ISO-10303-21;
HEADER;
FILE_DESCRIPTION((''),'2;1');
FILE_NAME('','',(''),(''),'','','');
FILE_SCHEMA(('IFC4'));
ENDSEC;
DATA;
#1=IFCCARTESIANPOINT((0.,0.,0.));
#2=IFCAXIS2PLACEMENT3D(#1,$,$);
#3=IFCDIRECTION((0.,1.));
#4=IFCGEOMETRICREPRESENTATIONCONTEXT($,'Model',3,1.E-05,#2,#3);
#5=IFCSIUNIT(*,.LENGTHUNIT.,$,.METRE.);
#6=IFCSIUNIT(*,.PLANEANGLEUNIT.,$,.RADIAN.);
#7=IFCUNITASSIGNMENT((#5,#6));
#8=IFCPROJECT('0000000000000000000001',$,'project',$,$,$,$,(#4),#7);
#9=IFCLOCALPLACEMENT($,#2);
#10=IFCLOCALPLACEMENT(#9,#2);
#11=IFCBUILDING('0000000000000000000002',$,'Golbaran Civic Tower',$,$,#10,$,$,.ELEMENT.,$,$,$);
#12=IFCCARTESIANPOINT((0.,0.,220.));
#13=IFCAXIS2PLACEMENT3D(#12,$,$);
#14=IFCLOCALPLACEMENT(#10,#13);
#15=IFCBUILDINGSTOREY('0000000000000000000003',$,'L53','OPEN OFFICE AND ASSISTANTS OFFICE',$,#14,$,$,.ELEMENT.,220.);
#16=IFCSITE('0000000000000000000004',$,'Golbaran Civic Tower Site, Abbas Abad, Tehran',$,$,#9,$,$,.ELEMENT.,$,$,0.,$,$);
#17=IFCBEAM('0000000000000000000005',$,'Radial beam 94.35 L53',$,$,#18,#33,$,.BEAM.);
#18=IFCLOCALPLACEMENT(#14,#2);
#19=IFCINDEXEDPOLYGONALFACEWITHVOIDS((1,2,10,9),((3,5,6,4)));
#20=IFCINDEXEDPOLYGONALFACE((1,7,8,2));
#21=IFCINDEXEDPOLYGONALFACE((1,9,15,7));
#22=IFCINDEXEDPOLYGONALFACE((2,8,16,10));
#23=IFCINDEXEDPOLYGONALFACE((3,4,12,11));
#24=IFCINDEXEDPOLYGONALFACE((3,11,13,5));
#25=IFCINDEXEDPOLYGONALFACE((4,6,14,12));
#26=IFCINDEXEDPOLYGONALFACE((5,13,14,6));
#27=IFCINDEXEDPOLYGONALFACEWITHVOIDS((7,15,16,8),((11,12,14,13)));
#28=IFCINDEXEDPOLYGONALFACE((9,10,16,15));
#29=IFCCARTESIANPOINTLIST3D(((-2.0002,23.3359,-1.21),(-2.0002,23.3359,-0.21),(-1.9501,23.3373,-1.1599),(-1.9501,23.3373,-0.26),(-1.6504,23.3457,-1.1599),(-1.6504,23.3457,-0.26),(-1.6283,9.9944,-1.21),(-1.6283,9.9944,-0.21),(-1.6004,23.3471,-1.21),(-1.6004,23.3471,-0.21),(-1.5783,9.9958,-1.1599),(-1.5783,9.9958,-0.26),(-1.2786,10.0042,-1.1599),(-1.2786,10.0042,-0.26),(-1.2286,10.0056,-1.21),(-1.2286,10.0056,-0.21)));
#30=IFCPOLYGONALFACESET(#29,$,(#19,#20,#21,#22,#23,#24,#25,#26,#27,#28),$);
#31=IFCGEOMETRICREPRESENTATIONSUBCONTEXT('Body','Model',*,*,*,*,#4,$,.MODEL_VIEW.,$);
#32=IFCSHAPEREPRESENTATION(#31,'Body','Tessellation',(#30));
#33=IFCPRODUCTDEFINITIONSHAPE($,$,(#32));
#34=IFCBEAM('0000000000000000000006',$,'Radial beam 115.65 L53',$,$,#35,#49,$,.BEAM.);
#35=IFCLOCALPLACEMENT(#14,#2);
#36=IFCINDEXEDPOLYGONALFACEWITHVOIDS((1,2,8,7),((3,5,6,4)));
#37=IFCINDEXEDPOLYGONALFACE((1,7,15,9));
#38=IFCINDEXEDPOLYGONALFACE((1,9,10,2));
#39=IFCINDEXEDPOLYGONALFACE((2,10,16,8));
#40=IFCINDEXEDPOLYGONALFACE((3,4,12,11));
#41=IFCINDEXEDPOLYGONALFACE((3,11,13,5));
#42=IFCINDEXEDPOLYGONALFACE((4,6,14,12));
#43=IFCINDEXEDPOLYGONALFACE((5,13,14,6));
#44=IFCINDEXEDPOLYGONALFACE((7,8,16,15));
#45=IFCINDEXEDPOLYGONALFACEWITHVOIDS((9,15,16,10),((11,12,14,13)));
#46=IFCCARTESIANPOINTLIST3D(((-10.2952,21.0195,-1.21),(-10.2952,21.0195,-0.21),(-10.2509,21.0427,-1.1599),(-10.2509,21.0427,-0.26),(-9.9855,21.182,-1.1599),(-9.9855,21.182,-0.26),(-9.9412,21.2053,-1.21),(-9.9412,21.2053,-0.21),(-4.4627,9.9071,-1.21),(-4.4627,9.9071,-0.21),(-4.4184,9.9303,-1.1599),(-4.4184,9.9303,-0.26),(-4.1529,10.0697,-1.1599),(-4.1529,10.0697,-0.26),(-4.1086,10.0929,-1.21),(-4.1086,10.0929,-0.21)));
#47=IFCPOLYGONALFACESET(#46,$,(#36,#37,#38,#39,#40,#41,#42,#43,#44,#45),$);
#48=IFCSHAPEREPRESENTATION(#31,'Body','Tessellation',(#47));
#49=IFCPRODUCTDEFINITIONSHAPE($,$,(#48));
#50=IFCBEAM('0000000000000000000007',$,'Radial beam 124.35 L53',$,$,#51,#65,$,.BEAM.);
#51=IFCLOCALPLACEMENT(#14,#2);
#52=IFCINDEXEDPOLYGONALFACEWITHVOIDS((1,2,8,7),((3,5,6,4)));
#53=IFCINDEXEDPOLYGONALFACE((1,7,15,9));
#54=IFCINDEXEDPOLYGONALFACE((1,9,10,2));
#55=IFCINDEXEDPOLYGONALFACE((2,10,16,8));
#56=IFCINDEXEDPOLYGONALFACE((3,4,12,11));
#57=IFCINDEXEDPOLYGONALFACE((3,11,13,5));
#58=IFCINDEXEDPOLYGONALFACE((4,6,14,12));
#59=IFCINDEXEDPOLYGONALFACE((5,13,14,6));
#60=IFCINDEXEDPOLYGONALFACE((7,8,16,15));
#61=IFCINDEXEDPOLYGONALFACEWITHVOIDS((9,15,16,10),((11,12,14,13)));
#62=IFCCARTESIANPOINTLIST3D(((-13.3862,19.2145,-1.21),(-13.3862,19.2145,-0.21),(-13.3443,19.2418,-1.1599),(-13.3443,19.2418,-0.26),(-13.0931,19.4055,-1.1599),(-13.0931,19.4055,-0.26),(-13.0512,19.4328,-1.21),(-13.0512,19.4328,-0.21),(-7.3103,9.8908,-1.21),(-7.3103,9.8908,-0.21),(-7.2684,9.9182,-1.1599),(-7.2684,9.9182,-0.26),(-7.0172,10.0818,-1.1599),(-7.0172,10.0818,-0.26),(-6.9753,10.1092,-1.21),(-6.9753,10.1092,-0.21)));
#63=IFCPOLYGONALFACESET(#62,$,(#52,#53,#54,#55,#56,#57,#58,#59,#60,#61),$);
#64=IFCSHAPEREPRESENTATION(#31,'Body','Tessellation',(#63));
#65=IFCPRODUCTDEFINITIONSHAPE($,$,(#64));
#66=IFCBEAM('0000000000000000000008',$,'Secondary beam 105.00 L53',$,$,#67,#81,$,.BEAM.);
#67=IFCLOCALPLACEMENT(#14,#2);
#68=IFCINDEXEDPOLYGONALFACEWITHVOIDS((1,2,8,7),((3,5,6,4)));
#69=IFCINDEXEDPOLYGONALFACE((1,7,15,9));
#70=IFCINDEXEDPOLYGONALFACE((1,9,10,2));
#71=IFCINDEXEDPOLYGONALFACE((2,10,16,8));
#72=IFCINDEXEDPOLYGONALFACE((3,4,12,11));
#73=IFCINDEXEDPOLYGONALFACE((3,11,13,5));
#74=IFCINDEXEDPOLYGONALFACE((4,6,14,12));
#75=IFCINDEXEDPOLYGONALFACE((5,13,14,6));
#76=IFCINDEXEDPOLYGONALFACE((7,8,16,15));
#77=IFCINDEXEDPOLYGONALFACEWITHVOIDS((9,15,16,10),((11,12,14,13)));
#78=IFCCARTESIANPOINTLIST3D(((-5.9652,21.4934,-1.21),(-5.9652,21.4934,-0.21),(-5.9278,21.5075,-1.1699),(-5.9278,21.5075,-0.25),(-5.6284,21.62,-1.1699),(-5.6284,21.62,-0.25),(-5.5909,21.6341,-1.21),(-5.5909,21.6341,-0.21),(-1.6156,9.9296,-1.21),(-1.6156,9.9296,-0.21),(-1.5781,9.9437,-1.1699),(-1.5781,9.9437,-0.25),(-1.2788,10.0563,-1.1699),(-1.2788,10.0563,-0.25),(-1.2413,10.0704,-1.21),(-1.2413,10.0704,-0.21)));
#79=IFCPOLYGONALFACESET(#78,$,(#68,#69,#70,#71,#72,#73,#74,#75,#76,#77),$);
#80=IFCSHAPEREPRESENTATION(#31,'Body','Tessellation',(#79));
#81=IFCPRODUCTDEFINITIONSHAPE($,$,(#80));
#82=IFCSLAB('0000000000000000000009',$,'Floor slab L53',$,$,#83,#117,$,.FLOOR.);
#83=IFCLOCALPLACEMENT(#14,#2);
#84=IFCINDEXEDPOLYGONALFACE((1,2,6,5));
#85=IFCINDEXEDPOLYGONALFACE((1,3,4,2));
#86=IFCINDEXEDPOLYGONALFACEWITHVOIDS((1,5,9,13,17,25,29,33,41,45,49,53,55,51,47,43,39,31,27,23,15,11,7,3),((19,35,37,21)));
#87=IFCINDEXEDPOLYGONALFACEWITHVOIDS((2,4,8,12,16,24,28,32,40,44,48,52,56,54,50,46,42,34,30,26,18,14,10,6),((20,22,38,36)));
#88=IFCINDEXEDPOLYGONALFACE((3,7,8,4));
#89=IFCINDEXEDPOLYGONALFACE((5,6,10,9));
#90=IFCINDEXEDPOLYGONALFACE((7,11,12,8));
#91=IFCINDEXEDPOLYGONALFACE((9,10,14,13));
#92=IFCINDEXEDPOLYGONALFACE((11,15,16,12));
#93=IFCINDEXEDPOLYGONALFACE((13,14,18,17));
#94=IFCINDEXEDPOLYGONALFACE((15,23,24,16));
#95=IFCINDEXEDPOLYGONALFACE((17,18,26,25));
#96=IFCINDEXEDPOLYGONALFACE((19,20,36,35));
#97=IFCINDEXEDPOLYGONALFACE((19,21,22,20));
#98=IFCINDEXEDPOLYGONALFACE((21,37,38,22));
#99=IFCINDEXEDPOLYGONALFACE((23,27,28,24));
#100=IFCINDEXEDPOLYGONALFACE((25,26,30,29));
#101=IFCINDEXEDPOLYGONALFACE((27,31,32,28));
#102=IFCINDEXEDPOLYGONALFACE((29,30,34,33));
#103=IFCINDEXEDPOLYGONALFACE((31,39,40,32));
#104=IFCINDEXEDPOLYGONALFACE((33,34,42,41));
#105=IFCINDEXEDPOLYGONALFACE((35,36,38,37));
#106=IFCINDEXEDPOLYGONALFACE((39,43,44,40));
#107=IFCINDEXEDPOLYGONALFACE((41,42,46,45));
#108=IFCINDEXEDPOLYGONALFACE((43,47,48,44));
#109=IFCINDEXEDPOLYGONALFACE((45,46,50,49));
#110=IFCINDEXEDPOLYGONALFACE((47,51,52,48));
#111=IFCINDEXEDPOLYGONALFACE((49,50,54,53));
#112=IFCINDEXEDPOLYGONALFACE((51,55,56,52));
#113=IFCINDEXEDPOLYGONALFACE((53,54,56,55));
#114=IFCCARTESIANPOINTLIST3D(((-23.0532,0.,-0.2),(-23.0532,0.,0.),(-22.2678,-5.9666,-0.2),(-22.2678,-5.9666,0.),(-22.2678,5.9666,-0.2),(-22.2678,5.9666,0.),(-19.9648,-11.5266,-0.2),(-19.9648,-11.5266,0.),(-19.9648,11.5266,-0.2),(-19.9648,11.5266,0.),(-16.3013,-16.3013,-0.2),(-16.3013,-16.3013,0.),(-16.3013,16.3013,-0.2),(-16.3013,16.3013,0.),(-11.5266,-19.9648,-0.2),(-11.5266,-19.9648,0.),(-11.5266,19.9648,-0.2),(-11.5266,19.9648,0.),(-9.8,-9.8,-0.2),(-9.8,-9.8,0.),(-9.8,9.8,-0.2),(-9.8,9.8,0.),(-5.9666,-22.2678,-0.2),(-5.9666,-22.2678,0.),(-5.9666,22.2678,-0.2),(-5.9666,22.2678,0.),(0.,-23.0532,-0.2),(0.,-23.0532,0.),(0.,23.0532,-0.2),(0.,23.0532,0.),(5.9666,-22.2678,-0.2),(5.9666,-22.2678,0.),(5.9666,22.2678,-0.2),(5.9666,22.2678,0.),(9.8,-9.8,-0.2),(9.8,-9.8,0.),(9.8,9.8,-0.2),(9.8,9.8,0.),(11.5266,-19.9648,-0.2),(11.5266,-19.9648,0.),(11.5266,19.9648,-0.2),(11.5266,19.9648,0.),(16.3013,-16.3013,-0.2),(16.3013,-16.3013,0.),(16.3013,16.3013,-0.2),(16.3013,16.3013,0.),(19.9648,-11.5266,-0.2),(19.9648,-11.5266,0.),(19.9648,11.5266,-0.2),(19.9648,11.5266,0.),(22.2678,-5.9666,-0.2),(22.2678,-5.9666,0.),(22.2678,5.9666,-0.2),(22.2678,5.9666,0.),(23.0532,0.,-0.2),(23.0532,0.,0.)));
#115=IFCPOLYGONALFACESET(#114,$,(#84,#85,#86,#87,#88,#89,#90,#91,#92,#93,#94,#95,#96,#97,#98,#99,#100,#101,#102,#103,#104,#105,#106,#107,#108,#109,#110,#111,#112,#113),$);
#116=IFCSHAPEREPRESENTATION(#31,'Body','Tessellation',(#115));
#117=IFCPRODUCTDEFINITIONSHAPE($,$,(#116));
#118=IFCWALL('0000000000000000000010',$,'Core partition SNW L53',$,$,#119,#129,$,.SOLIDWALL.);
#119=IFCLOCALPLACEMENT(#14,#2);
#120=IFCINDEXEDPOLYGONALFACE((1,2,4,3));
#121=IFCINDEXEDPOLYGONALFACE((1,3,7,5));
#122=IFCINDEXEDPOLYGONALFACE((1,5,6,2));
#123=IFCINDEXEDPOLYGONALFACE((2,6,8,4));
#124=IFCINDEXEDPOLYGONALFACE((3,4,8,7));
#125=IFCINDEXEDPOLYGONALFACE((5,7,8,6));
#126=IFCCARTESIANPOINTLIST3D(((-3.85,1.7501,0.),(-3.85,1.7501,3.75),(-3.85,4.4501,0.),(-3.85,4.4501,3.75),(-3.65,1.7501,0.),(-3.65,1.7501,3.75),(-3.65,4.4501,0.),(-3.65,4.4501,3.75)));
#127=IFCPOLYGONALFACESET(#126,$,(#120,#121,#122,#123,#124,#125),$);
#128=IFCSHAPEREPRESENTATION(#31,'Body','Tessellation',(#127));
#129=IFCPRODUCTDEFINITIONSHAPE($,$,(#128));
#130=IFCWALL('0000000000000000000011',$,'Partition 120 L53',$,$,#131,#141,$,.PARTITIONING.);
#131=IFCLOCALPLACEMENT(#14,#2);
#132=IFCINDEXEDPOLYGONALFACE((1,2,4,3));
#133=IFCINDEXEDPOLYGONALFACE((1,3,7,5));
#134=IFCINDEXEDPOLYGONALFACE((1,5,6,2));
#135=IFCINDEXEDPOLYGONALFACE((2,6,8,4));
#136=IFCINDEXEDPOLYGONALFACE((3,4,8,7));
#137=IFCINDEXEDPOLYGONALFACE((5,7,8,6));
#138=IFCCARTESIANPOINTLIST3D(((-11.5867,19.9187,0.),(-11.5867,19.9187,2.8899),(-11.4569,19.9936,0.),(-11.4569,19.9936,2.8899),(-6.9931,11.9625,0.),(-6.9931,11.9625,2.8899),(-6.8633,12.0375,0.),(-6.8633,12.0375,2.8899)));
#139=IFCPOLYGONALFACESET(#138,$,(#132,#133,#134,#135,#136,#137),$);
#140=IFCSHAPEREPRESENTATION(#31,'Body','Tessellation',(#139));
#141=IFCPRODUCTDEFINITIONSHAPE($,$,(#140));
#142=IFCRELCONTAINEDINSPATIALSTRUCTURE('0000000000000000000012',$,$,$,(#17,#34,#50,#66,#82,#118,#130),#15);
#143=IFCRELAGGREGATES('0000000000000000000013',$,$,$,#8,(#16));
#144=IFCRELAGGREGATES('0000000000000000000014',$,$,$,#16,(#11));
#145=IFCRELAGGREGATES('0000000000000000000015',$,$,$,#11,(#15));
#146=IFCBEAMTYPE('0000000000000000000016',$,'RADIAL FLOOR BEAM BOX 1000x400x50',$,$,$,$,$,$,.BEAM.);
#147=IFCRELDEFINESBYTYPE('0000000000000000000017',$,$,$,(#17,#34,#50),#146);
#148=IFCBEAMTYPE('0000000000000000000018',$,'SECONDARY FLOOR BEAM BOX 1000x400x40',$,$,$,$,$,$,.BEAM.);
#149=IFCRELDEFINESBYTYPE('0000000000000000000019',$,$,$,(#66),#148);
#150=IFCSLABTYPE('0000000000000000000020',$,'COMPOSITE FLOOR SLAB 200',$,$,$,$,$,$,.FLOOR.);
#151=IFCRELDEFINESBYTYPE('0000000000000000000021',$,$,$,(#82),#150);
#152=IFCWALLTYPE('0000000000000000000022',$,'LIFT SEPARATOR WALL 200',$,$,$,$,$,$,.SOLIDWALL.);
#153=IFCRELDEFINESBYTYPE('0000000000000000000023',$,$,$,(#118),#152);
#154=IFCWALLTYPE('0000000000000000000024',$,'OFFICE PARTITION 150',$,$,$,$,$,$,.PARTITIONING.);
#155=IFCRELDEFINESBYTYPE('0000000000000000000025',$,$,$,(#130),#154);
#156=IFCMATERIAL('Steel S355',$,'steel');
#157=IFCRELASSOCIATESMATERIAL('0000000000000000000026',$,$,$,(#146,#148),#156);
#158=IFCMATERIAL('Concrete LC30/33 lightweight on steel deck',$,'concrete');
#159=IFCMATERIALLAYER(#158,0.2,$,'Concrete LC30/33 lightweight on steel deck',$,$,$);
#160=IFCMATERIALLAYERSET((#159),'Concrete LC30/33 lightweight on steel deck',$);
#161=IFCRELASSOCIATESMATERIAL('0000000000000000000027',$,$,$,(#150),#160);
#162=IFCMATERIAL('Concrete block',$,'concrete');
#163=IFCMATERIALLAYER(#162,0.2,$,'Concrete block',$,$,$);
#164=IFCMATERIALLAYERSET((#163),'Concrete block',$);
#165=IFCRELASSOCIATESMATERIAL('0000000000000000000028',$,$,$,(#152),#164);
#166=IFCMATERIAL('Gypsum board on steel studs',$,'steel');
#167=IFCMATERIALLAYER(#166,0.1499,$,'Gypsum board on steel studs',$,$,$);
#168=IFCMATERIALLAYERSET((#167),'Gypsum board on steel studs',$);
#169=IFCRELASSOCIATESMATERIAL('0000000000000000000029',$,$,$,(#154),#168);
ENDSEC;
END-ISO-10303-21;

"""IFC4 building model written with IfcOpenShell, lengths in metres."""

from ifc_helpers import new_model, si_unit, direction, frame, frame_2d, origin, origin_2d, place, context, subcontext, project, spatial, polyline, rectangle, hollow_rectangle, outline, extrude, material, layer, layer_set, material_profile, profile_set, type_object, element, save


model = new_model("IFC4")

# Units and contexts
model_context = context("Model", 3, precision=1e-05, world=origin(), true_north=direction((0.0, 1.0)))
body_context = subcontext(model_context, "Body", "Model", "MODEL_VIEW")
ifc_project = project(units=[si_unit("LENGTHUNIT", "METRE"), si_unit("PLANEANGLEUNIT", "RADIAN")], contexts=[model_context])

# Site, building, storey
site_placement = place(None, origin())
site = spatial("IfcSite", under=ifc_project, at=site_placement, Name="Golbaran Civic Tower Site, Abbas Abad, Tehran", CompositionType="ELEMENT", RefElevation=0.0)
building_placement = place(site_placement, origin())
building = spatial("IfcBuilding", under=site, at=building_placement, Name="Golbaran Civic Tower", CompositionType="ELEMENT")
storey_placement = place(building_placement, frame((0.0, 0.0, 220.0)))
storey = spatial("IfcBuildingStorey", under=building, at=storey_placement, Name="L53", Description="OPEN OFFICE AND ASSISTANTS OFFICE", CompositionType="ELEMENT", Elevation=220.0)

# Beams
ifc_material_1 = material(Name="Steel S355", Category="steel")
ifc_material_profile_1 = material_profile(ifc_material_1, hollow_rectangle(XDim=0.3999, YDim=1.0, WallThickness=0.05, at=origin_2d()), Name="BOX 1000x400x50")
ifc_profile_set_1 = profile_set([ifc_material_profile_1], Name="Steel S355")
beam_type_1 = type_object("IfcBeamType", Name="RADIAL FLOOR BEAM BOX 1000x400x50", PredefinedType="BEAM", material=ifc_profile_set_1)
beam_1_placement = place(storey_placement, frame((-1.4285, 10.0, -0.71), z_axis=(-0.027859, 0.999612, 0.0), x_axis=(-0.999612, -0.027859, 0.0)))
element("IfcBeam", 1, at=beam_1_placement, inside=storey, type_object=beam_type_1, Name="Radial beam 94.35 L53", PredefinedType="BEAM", context=body_context, shape_type="SweptSolid", body=[
    extrude(hollow_rectangle(XDim=0.3999, YDim=1.0, WallThickness=0.05, at=origin_2d()), origin(), (0.0, 0.0, 1.0), 13.3467),
])
beam_2_placement = place(storey_placement, frame((-4.2856, 10.0, -0.71), z_axis=(-0.464744, 0.885445, 0.0), x_axis=(-0.885445, -0.464744, 0.0)))
element("IfcBeam", 2, at=beam_2_placement, inside=storey, type_object=beam_type_1, Name="Radial beam 115.65 L53", PredefinedType="BEAM", context=body_context, shape_type="SweptSolid", body=[
    extrude(hollow_rectangle(XDim=0.3999, YDim=1.0, WallThickness=0.05, at=origin_2d()), origin(), (0.0, 0.0, 1.0), 12.55),
])
beam_3_placement = place(storey_placement, frame((-7.1428, 10.0, -0.71), z_axis=(-0.545967, 0.837806, 0.0), x_axis=(-0.837806, -0.545967, 0.0)))
element("IfcBeam", 3, at=beam_3_placement, inside=storey, type_object=beam_type_1, Name="Radial beam 124.35 L53", PredefinedType="BEAM", context=body_context, shape_type="SweptSolid", body=[
    extrude(hollow_rectangle(XDim=0.3999, YDim=1.0, WallThickness=0.05, at=origin_2d()), origin(), (0.0, 0.0, 1.0), 11.1287),
])
ifc_material_profile_2 = material_profile(ifc_material_1, hollow_rectangle(XDim=0.3999, YDim=1.0, WallThickness=0.04, at=origin_2d()), Name="BOX 1000x400x40")
ifc_profile_set_2 = profile_set([ifc_material_profile_2], Name="Steel S355")
beam_type_2 = type_object("IfcBeamType", Name="SECONDARY FLOOR BEAM BOX 1000x400x40", PredefinedType="BEAM", material=ifc_profile_set_2)
beam_4_placement = place(storey_placement, frame((-1.4285, 10.0, -0.71), z_axis=(-0.352061, 0.935977, 0.0), x_axis=(-0.935977, -0.352061, 0.0)))
element("IfcBeam", 4, at=beam_4_placement, inside=storey, type_object=beam_type_2, Name="Secondary beam 105.00 L53", PredefinedType="BEAM", context=body_context, shape_type="SweptSolid", body=[
    extrude(hollow_rectangle(XDim=0.3999, YDim=1.0, WallThickness=0.04, at=origin_2d()), origin(), (0.0, 0.0, 1.0), 12.3547),
])

# Slab
ifc_material_2 = material(Name="Concrete LC30/33 lightweight on steel deck", Category="concrete")
ifc_layer_1 = layer(ifc_material_2, 0.2, Name="Concrete LC30/33 lightweight on steel deck")
ifc_layer_set_1 = layer_set([ifc_layer_1], Name="Concrete LC30/33 lightweight on steel deck")
slab_type = type_object("IfcSlabType", Name="COMPOSITE FLOOR SLAB 200", PredefinedType="FLOOR", material=ifc_layer_set_1)
slab_placement = place(storey_placement, frame((0.0, 0.0, -0.2)))
element("IfcSlab", 5, at=slab_placement, inside=storey, type_object=slab_type, Name="Floor slab L53", PredefinedType="FLOOR", context=body_context, shape_type="SweptSolid", body=[
    extrude(outline(polyline([(19.9648, -11.5266), (16.3013, -16.3013), (11.5266, -19.9648), (5.9666, -22.2678), (0.0, -23.0532), (-5.9666, -22.2678), (-11.5266, -19.9648), (-16.3013, -16.3013), (-19.9648, -11.5266), (-22.2678, -5.9666), (-23.0532, 0.0), (-22.2678, 5.9666), (-19.9648, 11.5266), (-16.3013, 16.3013), (-11.5266, 19.9648), (-5.9666, 22.2678), (0.0, 23.0532), (5.9666, 22.2678), (11.5266, 19.9648), (16.3013, 16.3013), (19.9648, 11.5266), (22.2678, 5.9666), (23.0532, 0.0), (22.2678, -5.9666), (19.9648, -11.5266)]), holes=[polyline([(-9.8, 9.8), (-9.8, -9.8), (9.8, -9.8), (9.8, 9.8), (-9.8, 9.8)])]), origin(), (0.0, 0.0, 1.0), 0.2),
])

# Walls
ifc_material_3 = material(Name="Concrete block", Category="concrete")
ifc_layer_2 = layer(ifc_material_3, 0.2, Name="Concrete block")
ifc_layer_set_2 = layer_set([ifc_layer_2], Name="Concrete block")
wall_type_1 = type_object("IfcWallType", Name="LIFT SEPARATOR WALL 200", PredefinedType="SOLIDWALL", material=ifc_layer_set_2)
wall_1_placement = place(storey_placement, frame((-3.75, 1.75, 0.0), z_axis=(0.0, 0.0, 1.0), x_axis=(0.0, 1.0, 0.0)))
element("IfcWall", 6, at=wall_1_placement, inside=storey, type_object=wall_type_1, Name="Core partition SNW L53", PredefinedType="SOLIDWALL", context=body_context, shape_type="SweptSolid", body=[
    extrude(rectangle(XDim=2.7, YDim=0.2, at=frame_2d((1.3501, 0.0))), origin(), (0.0, 0.0, 1.0), 3.75),
])
ifc_material_4 = material(Name="Gypsum board on steel studs", Category="steel")
ifc_layer_3 = layer(ifc_material_4, 0.1499, Name="Gypsum board on steel studs")
ifc_layer_set_3 = layer_set([ifc_layer_3], Name="Gypsum board on steel studs")
wall_type_2 = type_object("IfcWallType", Name="OFFICE PARTITION 150", PredefinedType="PARTITIONING", material=ifc_layer_set_3)
wall_2_placement = place(storey_placement, frame((-6.9282, 12.0, 0.0), z_axis=(0.0, 0.0, 1.0), x_axis=(-0.500006, 0.866022, 0.0)))
element("IfcWall", 7, at=wall_2_placement, inside=storey, type_object=wall_type_2, Name="Partition 120 L53", PredefinedType="PARTITIONING", context=body_context, shape_type="SweptSolid", body=[
    extrude(rectangle(XDim=9.187, YDim=0.1499, at=frame_2d((4.5935, 0.0))), origin(), (0.0, 0.0, 1.0), 2.8899),
])

save(model, "model.ifc")
